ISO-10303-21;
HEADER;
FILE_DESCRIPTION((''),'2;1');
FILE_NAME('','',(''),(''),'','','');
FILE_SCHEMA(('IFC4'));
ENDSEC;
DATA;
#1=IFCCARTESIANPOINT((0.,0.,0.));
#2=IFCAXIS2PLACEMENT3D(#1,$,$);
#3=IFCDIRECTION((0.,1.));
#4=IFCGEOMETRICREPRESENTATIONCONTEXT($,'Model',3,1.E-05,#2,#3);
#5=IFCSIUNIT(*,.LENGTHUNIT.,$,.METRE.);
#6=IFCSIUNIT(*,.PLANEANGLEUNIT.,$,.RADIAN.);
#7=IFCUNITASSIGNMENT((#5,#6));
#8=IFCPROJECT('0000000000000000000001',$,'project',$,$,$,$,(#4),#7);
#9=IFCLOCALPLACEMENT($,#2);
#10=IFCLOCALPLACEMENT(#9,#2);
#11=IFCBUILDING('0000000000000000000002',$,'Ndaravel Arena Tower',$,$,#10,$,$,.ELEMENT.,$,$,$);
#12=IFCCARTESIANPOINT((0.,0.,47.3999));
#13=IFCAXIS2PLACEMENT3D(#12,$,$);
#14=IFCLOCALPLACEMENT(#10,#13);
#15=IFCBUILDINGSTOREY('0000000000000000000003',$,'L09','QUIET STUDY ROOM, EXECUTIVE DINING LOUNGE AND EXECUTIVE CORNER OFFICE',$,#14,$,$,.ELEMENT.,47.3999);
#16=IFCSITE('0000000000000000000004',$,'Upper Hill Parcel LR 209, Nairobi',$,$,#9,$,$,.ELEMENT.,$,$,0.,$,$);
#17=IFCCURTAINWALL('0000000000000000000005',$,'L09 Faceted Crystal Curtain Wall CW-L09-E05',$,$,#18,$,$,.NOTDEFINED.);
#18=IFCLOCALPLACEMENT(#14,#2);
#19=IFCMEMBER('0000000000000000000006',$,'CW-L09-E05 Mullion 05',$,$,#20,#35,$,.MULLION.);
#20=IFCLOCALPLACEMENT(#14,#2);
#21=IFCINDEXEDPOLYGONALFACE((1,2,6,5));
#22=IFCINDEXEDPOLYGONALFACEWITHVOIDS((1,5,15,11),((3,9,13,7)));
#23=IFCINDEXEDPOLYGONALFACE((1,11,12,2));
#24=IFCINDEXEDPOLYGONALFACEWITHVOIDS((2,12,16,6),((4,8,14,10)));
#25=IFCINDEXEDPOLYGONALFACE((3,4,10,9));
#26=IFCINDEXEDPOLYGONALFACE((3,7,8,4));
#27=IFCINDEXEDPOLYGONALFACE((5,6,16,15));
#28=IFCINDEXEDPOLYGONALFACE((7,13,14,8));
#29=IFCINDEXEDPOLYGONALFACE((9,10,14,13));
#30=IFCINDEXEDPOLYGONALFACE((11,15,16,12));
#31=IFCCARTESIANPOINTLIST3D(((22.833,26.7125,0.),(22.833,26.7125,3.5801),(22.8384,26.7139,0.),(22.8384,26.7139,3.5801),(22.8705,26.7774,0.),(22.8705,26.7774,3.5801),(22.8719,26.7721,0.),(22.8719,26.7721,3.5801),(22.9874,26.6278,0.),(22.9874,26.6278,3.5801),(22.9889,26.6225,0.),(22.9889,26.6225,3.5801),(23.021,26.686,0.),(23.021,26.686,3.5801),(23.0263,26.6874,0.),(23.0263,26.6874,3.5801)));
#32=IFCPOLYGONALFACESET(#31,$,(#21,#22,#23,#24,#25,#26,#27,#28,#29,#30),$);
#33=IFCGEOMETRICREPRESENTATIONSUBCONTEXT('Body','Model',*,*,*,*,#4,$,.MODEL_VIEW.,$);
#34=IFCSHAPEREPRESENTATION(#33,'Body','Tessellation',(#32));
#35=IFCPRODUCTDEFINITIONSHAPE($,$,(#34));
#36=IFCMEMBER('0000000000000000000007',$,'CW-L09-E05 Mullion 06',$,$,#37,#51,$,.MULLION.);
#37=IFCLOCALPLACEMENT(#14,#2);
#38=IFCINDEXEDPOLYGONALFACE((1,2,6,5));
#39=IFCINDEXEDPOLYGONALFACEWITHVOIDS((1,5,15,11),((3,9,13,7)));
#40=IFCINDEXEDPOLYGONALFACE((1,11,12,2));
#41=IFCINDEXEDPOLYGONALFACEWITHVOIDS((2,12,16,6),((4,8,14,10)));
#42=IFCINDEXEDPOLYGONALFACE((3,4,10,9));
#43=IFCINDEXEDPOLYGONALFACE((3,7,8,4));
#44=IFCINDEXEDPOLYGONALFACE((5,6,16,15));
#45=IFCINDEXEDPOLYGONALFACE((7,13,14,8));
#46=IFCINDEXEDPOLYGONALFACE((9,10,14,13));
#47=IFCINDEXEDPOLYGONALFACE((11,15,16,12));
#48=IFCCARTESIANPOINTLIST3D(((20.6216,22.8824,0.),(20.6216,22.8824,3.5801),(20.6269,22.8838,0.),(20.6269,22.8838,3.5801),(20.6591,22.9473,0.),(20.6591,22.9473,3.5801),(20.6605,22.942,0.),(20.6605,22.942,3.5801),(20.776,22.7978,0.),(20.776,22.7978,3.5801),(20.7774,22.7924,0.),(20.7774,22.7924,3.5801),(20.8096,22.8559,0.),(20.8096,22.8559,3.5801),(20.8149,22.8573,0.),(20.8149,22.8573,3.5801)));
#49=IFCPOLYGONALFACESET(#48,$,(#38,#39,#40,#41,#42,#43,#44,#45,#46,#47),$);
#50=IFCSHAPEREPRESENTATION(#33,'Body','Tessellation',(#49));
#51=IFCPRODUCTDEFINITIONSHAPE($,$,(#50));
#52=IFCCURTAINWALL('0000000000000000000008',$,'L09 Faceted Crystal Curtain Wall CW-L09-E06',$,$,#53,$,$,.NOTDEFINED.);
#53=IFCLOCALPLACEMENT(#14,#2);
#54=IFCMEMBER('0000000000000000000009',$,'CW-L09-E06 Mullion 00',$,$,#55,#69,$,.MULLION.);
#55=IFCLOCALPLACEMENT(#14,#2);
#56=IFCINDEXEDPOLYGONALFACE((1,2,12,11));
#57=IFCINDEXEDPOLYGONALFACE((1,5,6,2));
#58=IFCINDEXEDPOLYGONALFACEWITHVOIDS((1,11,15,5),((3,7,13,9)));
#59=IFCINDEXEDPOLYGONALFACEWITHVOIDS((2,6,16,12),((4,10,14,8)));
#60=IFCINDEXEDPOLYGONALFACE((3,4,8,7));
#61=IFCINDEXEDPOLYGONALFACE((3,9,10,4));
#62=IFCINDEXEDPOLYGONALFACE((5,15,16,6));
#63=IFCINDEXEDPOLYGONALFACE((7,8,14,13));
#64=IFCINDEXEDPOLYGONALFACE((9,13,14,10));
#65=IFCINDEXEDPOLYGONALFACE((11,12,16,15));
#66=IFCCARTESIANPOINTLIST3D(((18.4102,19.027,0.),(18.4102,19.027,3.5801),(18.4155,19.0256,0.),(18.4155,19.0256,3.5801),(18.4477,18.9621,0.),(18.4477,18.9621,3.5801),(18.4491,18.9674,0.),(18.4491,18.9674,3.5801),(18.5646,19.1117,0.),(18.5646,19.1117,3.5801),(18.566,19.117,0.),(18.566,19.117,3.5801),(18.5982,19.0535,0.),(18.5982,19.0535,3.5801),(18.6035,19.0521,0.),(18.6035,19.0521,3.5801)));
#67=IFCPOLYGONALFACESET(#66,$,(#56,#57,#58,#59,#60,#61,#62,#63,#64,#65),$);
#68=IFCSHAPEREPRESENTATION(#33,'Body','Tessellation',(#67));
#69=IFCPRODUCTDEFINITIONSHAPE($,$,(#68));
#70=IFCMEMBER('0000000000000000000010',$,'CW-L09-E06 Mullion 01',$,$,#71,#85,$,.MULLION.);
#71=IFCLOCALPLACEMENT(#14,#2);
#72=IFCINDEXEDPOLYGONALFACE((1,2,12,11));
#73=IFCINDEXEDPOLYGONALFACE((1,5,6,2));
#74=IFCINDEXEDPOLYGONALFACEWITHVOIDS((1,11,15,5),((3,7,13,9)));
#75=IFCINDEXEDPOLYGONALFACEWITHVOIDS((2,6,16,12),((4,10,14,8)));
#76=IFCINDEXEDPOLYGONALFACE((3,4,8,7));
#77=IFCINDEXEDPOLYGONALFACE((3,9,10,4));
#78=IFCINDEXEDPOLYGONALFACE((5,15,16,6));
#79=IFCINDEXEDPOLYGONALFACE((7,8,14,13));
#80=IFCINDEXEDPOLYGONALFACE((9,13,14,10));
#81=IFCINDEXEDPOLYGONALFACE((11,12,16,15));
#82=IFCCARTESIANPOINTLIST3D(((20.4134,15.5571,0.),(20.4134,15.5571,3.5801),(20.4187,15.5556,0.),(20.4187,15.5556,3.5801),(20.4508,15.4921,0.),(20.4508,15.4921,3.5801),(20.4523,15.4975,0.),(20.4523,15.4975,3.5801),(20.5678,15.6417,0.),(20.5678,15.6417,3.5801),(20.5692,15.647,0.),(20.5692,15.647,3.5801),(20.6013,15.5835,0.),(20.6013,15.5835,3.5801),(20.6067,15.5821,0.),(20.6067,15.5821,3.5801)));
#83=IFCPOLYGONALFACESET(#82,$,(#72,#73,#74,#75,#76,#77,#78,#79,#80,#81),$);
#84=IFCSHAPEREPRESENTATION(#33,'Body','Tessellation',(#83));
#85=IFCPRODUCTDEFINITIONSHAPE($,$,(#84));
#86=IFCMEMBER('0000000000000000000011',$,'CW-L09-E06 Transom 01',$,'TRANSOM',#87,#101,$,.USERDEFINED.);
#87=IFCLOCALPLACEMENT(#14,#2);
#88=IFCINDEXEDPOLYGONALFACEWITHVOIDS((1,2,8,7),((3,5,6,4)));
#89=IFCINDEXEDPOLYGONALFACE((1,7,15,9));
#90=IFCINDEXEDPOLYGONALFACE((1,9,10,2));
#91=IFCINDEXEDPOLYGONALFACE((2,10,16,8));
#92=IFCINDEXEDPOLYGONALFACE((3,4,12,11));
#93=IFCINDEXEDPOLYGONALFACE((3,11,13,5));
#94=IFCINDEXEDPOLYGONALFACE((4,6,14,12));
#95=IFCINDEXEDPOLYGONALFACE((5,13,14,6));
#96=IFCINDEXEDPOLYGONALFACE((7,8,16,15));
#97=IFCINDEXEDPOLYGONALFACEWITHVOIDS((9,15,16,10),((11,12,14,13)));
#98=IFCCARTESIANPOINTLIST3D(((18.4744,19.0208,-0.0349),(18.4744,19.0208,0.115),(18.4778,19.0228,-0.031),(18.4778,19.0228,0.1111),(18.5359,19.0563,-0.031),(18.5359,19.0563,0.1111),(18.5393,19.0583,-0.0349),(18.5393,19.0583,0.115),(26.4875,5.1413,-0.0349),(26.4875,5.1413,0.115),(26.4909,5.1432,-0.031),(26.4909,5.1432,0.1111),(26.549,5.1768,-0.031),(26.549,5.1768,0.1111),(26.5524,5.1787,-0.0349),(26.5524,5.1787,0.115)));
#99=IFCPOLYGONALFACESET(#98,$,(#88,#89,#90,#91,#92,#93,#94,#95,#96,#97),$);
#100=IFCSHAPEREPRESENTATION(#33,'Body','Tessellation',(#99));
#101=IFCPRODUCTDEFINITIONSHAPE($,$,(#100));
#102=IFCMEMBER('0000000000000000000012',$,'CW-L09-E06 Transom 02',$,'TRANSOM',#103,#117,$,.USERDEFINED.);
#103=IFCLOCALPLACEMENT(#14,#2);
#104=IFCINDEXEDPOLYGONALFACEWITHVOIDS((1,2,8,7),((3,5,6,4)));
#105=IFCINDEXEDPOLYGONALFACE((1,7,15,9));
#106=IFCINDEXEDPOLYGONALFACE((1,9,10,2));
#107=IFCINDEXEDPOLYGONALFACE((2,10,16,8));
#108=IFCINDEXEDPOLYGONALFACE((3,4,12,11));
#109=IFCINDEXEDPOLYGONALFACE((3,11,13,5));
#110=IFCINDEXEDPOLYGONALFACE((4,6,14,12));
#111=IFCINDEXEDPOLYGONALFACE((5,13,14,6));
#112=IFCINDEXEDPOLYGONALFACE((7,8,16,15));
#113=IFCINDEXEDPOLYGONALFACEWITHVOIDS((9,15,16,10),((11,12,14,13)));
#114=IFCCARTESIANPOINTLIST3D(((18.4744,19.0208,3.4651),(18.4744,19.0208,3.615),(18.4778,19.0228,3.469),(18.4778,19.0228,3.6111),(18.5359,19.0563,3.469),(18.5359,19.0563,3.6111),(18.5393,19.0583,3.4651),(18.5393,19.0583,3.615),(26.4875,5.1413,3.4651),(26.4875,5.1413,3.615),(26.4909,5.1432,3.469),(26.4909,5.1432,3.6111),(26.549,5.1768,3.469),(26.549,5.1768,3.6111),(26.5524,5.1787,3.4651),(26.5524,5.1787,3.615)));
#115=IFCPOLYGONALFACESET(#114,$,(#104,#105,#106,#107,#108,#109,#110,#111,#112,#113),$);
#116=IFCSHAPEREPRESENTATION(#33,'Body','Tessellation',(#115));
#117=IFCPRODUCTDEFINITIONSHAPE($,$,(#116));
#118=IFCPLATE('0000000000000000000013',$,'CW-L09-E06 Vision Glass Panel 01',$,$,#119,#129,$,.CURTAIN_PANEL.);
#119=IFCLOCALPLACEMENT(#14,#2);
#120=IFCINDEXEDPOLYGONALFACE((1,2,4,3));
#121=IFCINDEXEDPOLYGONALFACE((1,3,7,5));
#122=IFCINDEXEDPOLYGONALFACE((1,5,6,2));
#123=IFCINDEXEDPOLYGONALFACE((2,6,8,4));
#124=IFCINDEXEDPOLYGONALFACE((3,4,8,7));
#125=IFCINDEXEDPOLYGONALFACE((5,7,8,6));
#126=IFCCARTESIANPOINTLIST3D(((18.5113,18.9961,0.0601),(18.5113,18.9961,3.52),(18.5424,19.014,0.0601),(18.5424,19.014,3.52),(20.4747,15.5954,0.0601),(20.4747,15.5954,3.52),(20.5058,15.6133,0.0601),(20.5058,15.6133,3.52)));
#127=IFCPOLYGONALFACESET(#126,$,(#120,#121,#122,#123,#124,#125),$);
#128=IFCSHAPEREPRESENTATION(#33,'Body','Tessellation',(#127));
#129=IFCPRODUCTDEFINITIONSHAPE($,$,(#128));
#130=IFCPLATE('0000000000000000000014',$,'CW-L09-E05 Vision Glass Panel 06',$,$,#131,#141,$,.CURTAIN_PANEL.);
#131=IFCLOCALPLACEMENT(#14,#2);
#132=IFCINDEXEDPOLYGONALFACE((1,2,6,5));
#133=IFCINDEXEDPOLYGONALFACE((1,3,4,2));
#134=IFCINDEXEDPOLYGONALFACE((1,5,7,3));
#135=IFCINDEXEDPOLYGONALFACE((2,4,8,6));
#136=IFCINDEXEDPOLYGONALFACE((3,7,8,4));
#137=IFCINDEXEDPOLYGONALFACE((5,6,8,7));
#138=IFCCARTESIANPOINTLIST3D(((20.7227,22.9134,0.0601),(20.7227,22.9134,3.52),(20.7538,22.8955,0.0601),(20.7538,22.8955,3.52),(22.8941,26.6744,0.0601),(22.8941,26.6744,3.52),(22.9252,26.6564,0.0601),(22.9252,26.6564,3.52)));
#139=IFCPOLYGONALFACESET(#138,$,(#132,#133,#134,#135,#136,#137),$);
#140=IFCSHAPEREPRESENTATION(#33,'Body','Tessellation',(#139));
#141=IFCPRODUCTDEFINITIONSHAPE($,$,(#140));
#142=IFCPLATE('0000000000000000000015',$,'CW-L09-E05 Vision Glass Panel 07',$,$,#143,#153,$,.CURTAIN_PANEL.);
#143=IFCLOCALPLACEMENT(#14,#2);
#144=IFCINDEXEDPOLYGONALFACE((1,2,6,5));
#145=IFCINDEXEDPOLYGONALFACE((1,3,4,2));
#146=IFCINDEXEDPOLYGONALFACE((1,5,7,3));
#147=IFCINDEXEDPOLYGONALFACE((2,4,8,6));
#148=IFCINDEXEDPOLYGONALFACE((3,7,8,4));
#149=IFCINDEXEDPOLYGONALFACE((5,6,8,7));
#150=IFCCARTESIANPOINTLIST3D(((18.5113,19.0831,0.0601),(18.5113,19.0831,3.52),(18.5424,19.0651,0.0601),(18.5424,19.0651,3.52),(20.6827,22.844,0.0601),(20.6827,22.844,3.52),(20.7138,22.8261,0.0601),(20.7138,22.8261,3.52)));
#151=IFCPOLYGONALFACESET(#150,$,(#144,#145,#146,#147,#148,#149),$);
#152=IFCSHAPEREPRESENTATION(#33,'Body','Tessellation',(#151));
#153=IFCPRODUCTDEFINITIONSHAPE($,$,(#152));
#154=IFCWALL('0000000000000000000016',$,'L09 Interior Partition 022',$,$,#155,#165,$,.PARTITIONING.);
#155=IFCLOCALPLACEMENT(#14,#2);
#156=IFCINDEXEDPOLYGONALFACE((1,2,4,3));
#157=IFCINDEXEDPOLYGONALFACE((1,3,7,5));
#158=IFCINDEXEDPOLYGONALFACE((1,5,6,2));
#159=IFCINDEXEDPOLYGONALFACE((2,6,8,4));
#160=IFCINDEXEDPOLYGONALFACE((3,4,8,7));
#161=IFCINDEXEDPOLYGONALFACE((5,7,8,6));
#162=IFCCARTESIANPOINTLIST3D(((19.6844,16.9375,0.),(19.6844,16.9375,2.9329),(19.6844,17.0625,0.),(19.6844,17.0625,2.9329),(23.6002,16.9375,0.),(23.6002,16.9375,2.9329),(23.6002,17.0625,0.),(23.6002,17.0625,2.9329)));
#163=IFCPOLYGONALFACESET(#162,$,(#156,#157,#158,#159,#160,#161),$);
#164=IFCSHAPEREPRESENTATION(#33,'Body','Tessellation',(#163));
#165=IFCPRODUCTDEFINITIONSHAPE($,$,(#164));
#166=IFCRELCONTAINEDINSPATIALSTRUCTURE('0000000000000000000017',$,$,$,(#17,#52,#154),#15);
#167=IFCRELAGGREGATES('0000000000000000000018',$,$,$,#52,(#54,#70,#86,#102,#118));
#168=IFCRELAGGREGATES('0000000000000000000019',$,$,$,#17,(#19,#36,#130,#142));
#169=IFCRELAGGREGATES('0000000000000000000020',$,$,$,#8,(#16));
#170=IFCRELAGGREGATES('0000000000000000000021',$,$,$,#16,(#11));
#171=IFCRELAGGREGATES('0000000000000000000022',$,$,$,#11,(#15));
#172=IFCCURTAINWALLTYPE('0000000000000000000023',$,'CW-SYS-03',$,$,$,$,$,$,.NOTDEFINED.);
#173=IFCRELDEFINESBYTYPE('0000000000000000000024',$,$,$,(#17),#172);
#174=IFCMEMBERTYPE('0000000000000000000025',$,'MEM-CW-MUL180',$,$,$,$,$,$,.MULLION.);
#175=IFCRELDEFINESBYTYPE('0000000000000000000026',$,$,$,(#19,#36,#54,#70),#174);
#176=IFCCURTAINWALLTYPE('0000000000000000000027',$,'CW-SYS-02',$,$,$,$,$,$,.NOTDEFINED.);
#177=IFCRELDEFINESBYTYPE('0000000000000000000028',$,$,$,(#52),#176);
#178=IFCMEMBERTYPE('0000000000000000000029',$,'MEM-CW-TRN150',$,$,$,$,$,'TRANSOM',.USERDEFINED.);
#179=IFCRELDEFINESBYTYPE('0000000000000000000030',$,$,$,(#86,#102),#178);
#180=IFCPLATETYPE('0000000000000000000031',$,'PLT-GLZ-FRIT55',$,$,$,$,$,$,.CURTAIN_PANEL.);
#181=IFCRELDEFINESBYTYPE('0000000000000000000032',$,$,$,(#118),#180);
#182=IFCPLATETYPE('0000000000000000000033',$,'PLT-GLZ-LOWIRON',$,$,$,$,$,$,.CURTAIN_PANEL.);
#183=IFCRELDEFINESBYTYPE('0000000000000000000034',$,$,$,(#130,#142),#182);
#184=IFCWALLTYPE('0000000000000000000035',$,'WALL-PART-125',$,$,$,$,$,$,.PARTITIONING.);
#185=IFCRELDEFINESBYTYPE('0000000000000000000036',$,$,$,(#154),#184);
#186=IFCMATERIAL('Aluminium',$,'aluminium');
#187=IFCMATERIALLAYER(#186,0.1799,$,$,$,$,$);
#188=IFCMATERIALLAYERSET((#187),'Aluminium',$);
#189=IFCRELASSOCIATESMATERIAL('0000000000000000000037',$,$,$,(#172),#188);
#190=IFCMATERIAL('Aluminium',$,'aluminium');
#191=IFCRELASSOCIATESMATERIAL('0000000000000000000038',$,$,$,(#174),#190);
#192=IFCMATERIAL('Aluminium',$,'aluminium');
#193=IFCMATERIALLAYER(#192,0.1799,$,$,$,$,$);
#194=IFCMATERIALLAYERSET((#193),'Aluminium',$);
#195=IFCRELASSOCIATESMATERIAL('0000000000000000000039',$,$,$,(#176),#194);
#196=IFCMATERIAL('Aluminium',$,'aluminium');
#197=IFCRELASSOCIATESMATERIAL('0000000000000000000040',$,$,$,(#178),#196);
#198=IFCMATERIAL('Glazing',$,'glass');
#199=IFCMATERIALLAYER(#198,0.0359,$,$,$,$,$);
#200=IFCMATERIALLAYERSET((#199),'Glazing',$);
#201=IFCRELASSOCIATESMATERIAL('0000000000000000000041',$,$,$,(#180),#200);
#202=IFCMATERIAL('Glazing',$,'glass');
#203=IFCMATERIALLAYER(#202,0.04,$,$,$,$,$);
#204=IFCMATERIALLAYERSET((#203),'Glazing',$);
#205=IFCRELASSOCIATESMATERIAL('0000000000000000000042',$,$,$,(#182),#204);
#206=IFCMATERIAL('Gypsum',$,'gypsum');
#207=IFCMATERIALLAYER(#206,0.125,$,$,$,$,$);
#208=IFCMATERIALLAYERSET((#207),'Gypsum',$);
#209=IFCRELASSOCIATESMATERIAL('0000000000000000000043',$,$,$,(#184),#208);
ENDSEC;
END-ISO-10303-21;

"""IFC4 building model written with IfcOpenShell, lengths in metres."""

from ifc_helpers import new_model, si_unit, direction, frame, frame_2d, origin, origin_2d, place, context, subcontext, project, spatial, rectangle, hollow_rectangle, extrude, material, layer, layer_set, material_profile, profile_set, type_object, element, aggregate, save


model = new_model("IFC4")

# Units and contexts
model_context = context("Model", 3, precision=1e-05, world=origin(), true_north=direction((0.0, 1.0)))
body_context = subcontext(model_context, "Body", "Model", "MODEL_VIEW")
ifc_project = project(units=[si_unit("LENGTHUNIT", "METRE"), si_unit("PLANEANGLEUNIT", "RADIAN")], contexts=[model_context])

# Site, building, storey
site_placement = place(None, origin())
site = spatial("IfcSite", under=ifc_project, at=site_placement, Name="Upper Hill Parcel LR 209, Nairobi", CompositionType="ELEMENT", RefElevation=0.0)
building_placement = place(site_placement, origin())
building = spatial("IfcBuilding", under=site, at=building_placement, Name="Ndaravel Arena Tower", CompositionType="ELEMENT")
storey_placement = place(building_placement, frame((0.0, 0.0, 47.3999)))
storey = spatial("IfcBuildingStorey", under=building, at=storey_placement, Name="L09", Description="QUIET STUDY ROOM, EXECUTIVE DINING LOUNGE AND EXECUTIVE CORNER OFFICE", CompositionType="ELEMENT", Elevation=47.3999)

# Curtain wall, members
ifc_material_1 = material(Name="Aluminium", Category="aluminium")
ifc_layer_1 = layer(ifc_material_1, 0.1799)
ifc_layer_set_1 = layer_set([ifc_layer_1], Name="Aluminium")
curtain_wall_type_1 = type_object("IfcCurtainWallType", Name="CW-SYS-03", PredefinedType="NOTDEFINED", material=ifc_layer_set_1)
curtain_wall_1_placement = place(storey_placement, origin())
curtain_wall_1 = element("IfcCurtainWall", 1, at=curtain_wall_1_placement, inside=storey, type_object=curtain_wall_type_1, Name="L09 Faceted Crystal Curtain Wall CW-L09-E05", PredefinedType="NOTDEFINED")
ifc_material_2 = material(Name="Aluminium", Category="aluminium")
ifc_material_profile_1 = material_profile(ifc_material_2, hollow_rectangle(XDim=0.075, YDim=0.1799, WallThickness=0.0039, at=origin_2d()), Name="CW MULLION 75x180x4")
ifc_profile_set_1 = profile_set([ifc_material_profile_1], Name="Aluminium")
member_type_1 = type_object("IfcMemberType", Name="MEM-CW-MUL180", PredefinedType="MULLION", material=ifc_profile_set_1)
member_1_placement = place(storey_placement, frame((22.9297, 26.7, 0.0), z_axis=(0.0, 0.0, 1.0), x_axis=(-0.5, -0.866025, 0.0)))
member_1 = element("IfcMember", 2, at=member_1_placement, type_object=member_type_1, Name="CW-L09-E05 Mullion 05", PredefinedType="MULLION", context=body_context, shape_type="SweptSolid", body=[
    extrude(hollow_rectangle(XDim=0.075, YDim=0.1799, WallThickness=0.0039, at=origin_2d()), origin(), (0.0, 0.0, 1.0), 3.5801),
])
member_2_placement = place(storey_placement, frame((20.7183, 22.8699, 0.0), z_axis=(0.0, 0.0, 1.0), x_axis=(-0.5, -0.866025, 0.0)))
member_2 = element("IfcMember", 3, at=member_2_placement, type_object=member_type_1, Name="CW-L09-E05 Mullion 06", PredefinedType="MULLION", context=body_context, shape_type="SweptSolid", body=[
    extrude(hollow_rectangle(XDim=0.075, YDim=0.1799, WallThickness=0.0039, at=origin_2d()), origin(), (0.0, 0.0, 1.0), 3.5801),
])

# Curtain wall, members, plate
ifc_material_3 = material(Name="Aluminium", Category="aluminium")
ifc_layer_2 = layer(ifc_material_3, 0.1799)
ifc_layer_set_2 = layer_set([ifc_layer_2], Name="Aluminium")
curtain_wall_type_2 = type_object("IfcCurtainWallType", Name="CW-SYS-02", PredefinedType="NOTDEFINED", material=ifc_layer_set_2)
curtain_wall_2_placement = place(storey_placement, origin())
curtain_wall_2 = element("IfcCurtainWall", 4, at=curtain_wall_2_placement, inside=storey, type_object=curtain_wall_type_2, Name="L09 Faceted Crystal Curtain Wall CW-L09-E06", PredefinedType="NOTDEFINED")
member_3_placement = place(storey_placement, frame((18.5068, 19.0396, 0.0), z_axis=(0.0, 0.0, 1.0), x_axis=(0.5, -0.866025, 0.0)))
member_3 = element("IfcMember", 5, at=member_3_placement, type_object=member_type_1, Name="CW-L09-E06 Mullion 00", PredefinedType="MULLION", context=body_context, shape_type="SweptSolid", body=[
    extrude(hollow_rectangle(XDim=0.075, YDim=0.1799, WallThickness=0.0039, at=origin_2d()), origin(), (0.0, 0.0, 1.0), 3.5801),
])
member_4_placement = place(storey_placement, frame((20.51, 15.5696, 0.0), z_axis=(0.0, 0.0, 1.0), x_axis=(0.5, -0.866025, 0.0)))
member_4 = element("IfcMember", 6, at=member_4_placement, type_object=member_type_1, Name="CW-L09-E06 Mullion 01", PredefinedType="MULLION", context=body_context, shape_type="SweptSolid", body=[
    extrude(hollow_rectangle(XDim=0.075, YDim=0.1799, WallThickness=0.0039, at=origin_2d()), origin(), (0.0, 0.0, 1.0), 3.5801),
])
ifc_material_4 = material(Name="Aluminium", Category="aluminium")
ifc_material_profile_2 = material_profile(ifc_material_4, hollow_rectangle(XDim=0.075, YDim=0.1499, WallThickness=0.0039, at=origin_2d()), Name="CW TRANSOM 75x150x4")
ifc_profile_set_2 = profile_set([ifc_material_profile_2], Name="Aluminium")
member_type_2 = type_object("IfcMemberType", Name="MEM-CW-TRN150", ElementType="TRANSOM", PredefinedType="USERDEFINED", material=ifc_profile_set_2)
member_5_placement = place(storey_placement, frame((18.5068, 19.0396, 0.04), z_axis=(0.499989, -0.866032, 0.0), x_axis=(0.866032, 0.499989, 0.0)))
member_5 = element("IfcMember", 7, at=member_5_placement, type_object=member_type_2, Name="CW-L09-E06 Transom 01", ObjectType="TRANSOM", PredefinedType="USERDEFINED", context=body_context, shape_type="SweptSolid", body=[
    extrude(hollow_rectangle(XDim=0.075, YDim=0.1499, WallThickness=0.0039, at=origin_2d()), origin(), (0.0, 0.0, 1.0), 16.0266),
])
member_6_placement = place(storey_placement, frame((18.5068, 19.0396, 3.54), z_axis=(0.499989, -0.866032, 0.0), x_axis=(0.866032, 0.499989, 0.0)))
member_6 = element("IfcMember", 8, at=member_6_placement, type_object=member_type_2, Name="CW-L09-E06 Transom 02", ObjectType="TRANSOM", PredefinedType="USERDEFINED", context=body_context, shape_type="SweptSolid", body=[
    extrude(hollow_rectangle(XDim=0.075, YDim=0.1499, WallThickness=0.0039, at=origin_2d()), origin(), (0.0, 0.0, 1.0), 16.0266),
])
ifc_material_5 = material(Name="Glazing", Category="glass")
ifc_layer_3 = layer(ifc_material_5, 0.0359)
ifc_layer_set_3 = layer_set([ifc_layer_3], Name="Glazing")
plate_type_1 = type_object("IfcPlateType", Name="PLT-GLZ-FRIT55", PredefinedType="CURTAIN_PANEL", material=ifc_layer_set_3)
plate_1_placement = place(storey_placement, frame((19.5085, 17.3047, 0.0601), z_axis=(0.0, 0.0, 1.0), x_axis=(0.5, -0.866025, 0.0)))
plate_1 = element("IfcPlate", 9, at=plate_1_placement, type_object=plate_type_1, Name="CW-L09-E06 Vision Glass Panel 01", PredefinedType="CURTAIN_PANEL", context=body_context, shape_type="SweptSolid", body=[
    extrude(rectangle(XDim=3.9268, YDim=0.0359, at=origin_2d()), origin(), (0.0, 0.0, 1.0), 3.46),
])
aggregate(curtain_wall_2, [member_3, member_4, member_5, member_6, plate_1])

# Plates
ifc_material_6 = material(Name="Glazing", Category="glass")
ifc_layer_4 = layer(ifc_material_6, 0.04)
ifc_layer_set_4 = layer_set([ifc_layer_4], Name="Glazing")
plate_type_2 = type_object("IfcPlateType", Name="PLT-GLZ-LOWIRON", PredefinedType="CURTAIN_PANEL", material=ifc_layer_set_4)
plate_2_placement = place(storey_placement, frame((21.824, 24.7849, 0.0601), z_axis=(0.0, 0.0, 1.0), x_axis=(-0.5, -0.866025, 0.0)))
plate_2 = element("IfcPlate", 10, at=plate_2_placement, type_object=plate_type_2, Name="CW-L09-E05 Vision Glass Panel 06", PredefinedType="CURTAIN_PANEL", context=body_context, shape_type="SweptSolid", body=[
    extrude(rectangle(XDim=4.3428, YDim=0.0359, at=origin_2d()), origin(), (0.0, 0.0, 1.0), 3.46),
])
plate_3_placement = place(storey_placement, frame((19.6125, 20.9546, 0.0601), z_axis=(0.0, 0.0, 1.0), x_axis=(-0.5, -0.866025, 0.0)))
plate_3 = element("IfcPlate", 11, at=plate_3_placement, type_object=plate_type_2, Name="CW-L09-E05 Vision Glass Panel 07", PredefinedType="CURTAIN_PANEL", context=body_context, shape_type="SweptSolid", body=[
    extrude(rectangle(XDim=4.3428, YDim=0.0359, at=origin_2d()), origin(), (0.0, 0.0, 1.0), 3.46),
])
aggregate(curtain_wall_1, [member_1, member_2, plate_2, plate_3])

# Wall
ifc_material_7 = material(Name="Gypsum", Category="gypsum")
ifc_layer_5 = layer(ifc_material_7, 0.125)
ifc_layer_set_5 = layer_set([ifc_layer_5], Name="Gypsum")
wall_type = type_object("IfcWallType", Name="WALL-PART-125", PredefinedType="PARTITIONING", material=ifc_layer_set_5)
wall_placement = place(storey_placement, frame((19.6843, 17.0, 0.0), z_axis=(0.0, 0.0, 1.0), x_axis=(1.0, 0.0, 0.0)))
element("IfcWall", 12, at=wall_placement, inside=storey, type_object=wall_type, Name="L09 Interior Partition 022", PredefinedType="PARTITIONING", context=body_context, shape_type="SweptSolid", body=[
    extrude(rectangle(XDim=3.9158, YDim=0.125, at=frame_2d((1.958, 0.0))), origin(), (0.0, 0.0, 1.0), 2.9329),
])

save(model, "model.ifc")
